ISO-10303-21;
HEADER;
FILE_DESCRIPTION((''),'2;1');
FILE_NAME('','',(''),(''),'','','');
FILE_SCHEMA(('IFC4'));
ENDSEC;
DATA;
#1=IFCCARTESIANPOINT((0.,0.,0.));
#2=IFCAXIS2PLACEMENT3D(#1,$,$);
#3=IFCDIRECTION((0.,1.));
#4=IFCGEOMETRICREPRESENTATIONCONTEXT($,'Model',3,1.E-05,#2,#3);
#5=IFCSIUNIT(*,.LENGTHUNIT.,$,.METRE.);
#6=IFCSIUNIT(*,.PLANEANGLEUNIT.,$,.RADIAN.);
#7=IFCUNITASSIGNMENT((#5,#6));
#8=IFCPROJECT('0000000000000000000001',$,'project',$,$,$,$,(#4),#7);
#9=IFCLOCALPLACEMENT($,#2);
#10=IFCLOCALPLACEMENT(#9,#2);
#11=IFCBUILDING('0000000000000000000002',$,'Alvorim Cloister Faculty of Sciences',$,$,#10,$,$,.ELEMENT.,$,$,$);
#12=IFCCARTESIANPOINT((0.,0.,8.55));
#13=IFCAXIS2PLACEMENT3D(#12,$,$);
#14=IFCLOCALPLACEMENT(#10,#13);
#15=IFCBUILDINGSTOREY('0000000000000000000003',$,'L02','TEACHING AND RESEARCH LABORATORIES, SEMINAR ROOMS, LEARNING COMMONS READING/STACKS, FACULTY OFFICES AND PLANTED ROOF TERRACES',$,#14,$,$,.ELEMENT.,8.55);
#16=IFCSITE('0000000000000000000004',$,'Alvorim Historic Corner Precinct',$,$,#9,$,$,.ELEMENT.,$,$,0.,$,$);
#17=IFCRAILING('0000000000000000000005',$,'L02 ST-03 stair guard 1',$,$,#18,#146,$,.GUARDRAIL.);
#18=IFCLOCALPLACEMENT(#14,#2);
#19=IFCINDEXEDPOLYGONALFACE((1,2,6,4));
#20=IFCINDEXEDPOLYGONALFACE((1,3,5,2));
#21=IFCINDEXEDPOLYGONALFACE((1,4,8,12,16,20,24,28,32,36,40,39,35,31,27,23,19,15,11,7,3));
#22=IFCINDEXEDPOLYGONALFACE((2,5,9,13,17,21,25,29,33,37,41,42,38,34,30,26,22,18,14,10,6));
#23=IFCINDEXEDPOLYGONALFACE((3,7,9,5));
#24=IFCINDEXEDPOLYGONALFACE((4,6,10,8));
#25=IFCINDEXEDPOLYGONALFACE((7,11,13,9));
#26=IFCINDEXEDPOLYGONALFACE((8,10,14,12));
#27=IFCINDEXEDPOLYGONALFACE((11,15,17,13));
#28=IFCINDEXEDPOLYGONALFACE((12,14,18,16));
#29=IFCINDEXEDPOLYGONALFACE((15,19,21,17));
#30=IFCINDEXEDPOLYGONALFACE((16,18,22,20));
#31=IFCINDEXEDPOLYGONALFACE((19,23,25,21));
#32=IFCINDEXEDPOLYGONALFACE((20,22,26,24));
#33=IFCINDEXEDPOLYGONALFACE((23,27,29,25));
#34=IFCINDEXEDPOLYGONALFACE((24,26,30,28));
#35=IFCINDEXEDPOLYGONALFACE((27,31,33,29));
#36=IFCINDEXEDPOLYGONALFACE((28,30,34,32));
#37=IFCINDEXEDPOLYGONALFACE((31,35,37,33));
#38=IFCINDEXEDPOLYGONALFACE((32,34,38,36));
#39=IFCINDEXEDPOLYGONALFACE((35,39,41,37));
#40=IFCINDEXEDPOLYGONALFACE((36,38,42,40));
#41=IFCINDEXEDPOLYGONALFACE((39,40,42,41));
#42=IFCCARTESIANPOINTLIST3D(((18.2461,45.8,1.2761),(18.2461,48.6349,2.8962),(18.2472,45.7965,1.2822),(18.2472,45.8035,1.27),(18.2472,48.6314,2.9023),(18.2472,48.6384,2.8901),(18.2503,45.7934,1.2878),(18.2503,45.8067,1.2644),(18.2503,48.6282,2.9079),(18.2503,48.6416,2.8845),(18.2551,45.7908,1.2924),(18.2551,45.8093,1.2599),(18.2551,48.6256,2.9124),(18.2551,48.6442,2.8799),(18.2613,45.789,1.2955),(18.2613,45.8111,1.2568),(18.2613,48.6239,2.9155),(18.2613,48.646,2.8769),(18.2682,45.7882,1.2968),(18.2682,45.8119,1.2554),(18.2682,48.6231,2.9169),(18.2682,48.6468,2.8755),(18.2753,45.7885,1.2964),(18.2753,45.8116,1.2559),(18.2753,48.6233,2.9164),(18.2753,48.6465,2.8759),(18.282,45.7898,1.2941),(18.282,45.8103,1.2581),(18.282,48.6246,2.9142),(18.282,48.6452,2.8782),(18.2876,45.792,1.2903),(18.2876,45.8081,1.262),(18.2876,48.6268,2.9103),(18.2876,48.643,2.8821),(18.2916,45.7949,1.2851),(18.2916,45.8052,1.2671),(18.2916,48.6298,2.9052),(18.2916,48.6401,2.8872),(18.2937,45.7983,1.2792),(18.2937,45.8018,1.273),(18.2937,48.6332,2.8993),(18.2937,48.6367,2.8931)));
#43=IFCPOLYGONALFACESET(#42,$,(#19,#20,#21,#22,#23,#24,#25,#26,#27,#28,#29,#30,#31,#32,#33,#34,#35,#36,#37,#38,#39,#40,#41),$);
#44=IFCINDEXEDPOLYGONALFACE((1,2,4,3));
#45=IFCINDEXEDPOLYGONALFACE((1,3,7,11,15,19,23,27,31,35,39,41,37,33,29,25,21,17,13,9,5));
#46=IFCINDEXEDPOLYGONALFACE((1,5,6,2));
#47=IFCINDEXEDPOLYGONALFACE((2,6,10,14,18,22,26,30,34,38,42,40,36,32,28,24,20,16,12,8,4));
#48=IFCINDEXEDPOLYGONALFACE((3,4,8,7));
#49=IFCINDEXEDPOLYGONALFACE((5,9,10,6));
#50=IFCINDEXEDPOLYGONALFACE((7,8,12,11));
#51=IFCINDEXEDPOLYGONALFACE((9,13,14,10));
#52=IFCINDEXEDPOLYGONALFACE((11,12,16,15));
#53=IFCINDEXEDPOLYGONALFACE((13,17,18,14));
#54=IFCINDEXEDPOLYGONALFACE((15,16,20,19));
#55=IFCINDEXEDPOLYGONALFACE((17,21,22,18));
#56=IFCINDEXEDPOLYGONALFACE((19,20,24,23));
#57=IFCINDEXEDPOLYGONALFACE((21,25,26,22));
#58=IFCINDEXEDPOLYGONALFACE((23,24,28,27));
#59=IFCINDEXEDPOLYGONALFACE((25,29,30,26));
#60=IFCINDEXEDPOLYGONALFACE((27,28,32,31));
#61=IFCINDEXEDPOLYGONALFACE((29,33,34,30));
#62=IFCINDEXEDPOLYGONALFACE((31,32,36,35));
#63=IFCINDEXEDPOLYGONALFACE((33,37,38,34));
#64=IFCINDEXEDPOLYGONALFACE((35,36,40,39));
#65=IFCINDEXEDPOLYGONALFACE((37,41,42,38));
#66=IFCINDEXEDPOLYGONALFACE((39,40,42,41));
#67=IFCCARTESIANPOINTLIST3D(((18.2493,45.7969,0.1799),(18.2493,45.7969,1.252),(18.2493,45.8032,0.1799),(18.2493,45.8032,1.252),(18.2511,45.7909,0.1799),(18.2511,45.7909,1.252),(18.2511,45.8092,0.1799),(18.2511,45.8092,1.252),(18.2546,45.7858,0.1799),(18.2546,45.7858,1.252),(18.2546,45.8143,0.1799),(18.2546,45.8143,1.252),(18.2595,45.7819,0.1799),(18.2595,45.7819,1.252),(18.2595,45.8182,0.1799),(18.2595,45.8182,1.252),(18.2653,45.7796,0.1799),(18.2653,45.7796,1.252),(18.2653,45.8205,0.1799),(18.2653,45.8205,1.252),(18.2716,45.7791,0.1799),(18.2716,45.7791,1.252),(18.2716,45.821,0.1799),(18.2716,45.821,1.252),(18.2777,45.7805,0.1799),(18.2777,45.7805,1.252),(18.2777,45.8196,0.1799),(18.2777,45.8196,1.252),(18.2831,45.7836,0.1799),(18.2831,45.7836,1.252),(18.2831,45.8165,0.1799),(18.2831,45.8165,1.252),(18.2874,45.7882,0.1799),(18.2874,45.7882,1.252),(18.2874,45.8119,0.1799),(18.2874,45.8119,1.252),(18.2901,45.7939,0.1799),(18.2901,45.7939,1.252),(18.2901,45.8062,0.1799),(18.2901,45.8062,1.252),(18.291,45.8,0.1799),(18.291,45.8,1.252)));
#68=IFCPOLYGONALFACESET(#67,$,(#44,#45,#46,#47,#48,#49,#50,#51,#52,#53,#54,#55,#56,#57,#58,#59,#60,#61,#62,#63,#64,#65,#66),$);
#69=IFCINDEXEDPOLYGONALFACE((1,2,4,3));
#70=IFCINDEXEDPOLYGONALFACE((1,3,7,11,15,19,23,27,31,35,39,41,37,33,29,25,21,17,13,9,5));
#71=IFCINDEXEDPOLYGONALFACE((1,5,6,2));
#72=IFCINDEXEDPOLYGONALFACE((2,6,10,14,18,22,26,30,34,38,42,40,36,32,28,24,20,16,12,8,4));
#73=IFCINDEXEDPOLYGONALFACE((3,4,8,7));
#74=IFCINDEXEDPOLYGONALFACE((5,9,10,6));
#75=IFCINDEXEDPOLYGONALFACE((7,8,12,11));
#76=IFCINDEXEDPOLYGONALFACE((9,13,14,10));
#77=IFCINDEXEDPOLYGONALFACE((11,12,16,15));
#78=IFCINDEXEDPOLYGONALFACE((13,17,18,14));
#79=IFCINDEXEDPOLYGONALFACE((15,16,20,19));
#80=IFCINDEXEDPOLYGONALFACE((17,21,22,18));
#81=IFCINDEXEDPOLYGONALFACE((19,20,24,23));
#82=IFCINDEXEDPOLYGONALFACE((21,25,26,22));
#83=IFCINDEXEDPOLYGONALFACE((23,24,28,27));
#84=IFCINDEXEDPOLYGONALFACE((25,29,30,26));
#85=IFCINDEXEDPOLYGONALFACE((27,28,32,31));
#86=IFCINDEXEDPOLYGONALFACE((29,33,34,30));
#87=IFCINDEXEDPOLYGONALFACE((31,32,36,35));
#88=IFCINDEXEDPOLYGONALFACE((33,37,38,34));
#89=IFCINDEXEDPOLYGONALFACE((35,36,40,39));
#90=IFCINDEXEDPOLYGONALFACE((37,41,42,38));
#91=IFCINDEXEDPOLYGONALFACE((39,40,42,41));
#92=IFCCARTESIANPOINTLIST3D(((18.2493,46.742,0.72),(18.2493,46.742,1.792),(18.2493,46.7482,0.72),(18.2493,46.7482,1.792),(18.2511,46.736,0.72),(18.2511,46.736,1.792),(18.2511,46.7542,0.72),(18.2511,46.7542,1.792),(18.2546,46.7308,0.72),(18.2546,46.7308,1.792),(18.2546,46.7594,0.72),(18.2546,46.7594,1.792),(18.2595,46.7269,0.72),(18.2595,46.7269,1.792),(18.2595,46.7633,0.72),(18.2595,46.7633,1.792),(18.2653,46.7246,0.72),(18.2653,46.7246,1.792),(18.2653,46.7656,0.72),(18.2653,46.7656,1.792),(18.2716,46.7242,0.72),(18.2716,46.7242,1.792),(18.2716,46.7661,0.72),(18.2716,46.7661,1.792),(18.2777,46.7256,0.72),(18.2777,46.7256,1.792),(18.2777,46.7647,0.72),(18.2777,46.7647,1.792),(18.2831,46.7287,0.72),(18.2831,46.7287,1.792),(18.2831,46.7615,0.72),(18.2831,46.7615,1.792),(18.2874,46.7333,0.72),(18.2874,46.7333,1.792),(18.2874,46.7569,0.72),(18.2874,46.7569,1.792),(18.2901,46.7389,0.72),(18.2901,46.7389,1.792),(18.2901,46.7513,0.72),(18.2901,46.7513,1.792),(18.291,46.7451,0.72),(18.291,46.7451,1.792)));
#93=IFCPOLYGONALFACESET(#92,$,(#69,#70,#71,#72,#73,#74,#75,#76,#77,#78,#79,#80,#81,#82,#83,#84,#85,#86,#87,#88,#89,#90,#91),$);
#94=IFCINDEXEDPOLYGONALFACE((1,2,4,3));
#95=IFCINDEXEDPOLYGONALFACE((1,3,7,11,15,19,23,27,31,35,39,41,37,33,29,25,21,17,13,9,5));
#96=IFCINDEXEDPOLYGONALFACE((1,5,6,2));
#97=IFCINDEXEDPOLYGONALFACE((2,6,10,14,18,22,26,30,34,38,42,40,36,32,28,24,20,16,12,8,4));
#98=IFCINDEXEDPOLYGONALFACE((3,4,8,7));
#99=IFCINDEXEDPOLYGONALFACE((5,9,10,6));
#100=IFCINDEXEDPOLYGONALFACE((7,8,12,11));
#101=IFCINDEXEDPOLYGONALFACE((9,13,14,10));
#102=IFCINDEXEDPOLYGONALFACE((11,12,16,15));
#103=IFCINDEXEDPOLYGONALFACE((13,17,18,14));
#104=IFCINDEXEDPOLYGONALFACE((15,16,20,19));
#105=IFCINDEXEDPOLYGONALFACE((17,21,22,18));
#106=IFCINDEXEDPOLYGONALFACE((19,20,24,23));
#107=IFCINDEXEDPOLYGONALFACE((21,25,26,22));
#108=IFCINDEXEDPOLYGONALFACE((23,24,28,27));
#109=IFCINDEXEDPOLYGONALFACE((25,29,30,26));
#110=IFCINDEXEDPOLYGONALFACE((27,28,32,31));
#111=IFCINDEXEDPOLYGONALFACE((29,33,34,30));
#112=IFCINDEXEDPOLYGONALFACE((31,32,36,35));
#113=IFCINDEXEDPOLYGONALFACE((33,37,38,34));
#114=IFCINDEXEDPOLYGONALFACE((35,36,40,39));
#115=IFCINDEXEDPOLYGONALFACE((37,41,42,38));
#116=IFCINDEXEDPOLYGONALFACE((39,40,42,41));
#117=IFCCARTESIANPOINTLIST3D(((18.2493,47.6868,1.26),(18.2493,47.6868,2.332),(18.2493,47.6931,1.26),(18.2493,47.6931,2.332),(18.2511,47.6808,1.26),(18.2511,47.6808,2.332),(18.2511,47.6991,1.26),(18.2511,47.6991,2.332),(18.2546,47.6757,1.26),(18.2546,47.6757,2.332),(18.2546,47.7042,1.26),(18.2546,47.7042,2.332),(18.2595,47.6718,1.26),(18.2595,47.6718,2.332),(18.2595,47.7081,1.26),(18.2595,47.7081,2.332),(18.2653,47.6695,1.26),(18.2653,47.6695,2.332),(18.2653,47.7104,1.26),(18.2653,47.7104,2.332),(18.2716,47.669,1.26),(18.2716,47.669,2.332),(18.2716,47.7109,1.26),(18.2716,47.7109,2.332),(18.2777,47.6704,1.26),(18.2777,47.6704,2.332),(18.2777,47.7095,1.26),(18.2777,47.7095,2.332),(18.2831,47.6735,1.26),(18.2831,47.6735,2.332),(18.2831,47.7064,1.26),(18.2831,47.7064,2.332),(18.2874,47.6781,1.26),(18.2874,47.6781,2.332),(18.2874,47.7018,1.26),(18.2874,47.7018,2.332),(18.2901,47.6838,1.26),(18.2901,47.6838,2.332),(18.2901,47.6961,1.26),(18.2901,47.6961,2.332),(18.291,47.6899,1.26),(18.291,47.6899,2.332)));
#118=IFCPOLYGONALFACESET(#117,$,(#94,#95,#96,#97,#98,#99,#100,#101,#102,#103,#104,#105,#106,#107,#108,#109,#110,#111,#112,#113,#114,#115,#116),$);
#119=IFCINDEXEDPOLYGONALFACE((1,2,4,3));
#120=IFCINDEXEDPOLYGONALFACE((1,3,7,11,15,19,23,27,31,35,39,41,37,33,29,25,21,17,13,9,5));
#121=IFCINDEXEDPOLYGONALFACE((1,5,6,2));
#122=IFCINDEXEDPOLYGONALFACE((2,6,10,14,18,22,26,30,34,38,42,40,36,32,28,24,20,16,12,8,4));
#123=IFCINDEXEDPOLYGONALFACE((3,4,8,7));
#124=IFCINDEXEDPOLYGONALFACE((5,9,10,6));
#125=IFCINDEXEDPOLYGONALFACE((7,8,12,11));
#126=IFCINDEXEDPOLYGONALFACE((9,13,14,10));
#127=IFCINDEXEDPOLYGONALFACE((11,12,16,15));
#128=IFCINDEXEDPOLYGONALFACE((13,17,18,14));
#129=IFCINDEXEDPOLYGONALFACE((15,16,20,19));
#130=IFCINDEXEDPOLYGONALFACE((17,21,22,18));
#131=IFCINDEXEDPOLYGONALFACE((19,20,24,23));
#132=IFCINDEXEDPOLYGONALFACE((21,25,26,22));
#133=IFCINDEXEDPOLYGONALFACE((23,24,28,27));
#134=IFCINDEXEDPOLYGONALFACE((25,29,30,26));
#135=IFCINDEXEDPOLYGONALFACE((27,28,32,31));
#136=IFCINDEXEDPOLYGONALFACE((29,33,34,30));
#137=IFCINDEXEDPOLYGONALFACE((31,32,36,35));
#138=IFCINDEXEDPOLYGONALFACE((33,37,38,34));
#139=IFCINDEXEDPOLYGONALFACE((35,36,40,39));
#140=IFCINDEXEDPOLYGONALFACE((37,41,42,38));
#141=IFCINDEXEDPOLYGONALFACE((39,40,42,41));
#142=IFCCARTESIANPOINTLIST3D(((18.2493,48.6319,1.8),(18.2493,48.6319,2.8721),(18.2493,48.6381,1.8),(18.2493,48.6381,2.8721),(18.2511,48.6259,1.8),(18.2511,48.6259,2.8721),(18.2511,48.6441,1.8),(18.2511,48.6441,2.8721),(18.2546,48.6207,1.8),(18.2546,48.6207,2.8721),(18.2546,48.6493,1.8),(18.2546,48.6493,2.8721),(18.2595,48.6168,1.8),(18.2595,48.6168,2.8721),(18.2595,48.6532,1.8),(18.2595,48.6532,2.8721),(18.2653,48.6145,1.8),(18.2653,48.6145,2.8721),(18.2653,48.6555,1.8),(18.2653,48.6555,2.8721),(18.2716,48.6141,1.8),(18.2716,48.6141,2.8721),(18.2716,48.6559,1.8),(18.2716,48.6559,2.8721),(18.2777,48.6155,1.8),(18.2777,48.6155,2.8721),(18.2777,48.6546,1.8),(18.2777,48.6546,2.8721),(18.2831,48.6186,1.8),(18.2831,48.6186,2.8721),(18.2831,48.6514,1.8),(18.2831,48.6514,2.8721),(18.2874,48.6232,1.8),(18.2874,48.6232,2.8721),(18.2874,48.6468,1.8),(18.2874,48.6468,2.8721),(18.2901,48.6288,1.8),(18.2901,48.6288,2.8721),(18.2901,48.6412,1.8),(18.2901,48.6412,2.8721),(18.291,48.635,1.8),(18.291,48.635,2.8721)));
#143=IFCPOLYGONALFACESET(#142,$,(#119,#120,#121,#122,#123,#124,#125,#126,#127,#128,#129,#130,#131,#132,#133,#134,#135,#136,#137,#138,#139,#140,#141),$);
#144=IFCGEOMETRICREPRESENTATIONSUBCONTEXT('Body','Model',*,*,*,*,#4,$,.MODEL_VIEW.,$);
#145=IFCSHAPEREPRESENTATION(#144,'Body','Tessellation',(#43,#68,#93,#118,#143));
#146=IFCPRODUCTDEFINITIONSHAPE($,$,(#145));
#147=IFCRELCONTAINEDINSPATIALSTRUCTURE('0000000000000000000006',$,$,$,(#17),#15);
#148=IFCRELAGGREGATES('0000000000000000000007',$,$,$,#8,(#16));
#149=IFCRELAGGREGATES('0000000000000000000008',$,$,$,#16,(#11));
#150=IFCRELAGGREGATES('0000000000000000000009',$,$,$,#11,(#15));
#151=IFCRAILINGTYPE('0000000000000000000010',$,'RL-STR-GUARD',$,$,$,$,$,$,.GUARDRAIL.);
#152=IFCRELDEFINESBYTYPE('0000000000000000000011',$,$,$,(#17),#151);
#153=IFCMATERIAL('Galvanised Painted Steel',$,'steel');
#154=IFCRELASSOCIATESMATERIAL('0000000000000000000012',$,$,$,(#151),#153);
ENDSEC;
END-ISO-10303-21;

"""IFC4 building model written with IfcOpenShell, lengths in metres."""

from ifc_helpers import new_model, si_unit, direction, frame, origin, origin_2d, place, context, subcontext, project, spatial, circle, extrude, material, type_object, element, save


model = new_model("IFC4")

# Units and contexts
model_context = context("Model", 3, precision=1e-05, world=origin(), true_north=direction((0.0, 1.0)))
body_context = subcontext(model_context, "Body", "Model", "MODEL_VIEW")
ifc_project = project(units=[si_unit("LENGTHUNIT", "METRE"), si_unit("PLANEANGLEUNIT", "RADIAN")], contexts=[model_context])

# Site, building, storey
site_placement = place(None, origin())
site = spatial("IfcSite", under=ifc_project, at=site_placement, Name="Alvorim Historic Corner Precinct", CompositionType="ELEMENT", RefElevation=0.0)
building_placement = place(site_placement, origin())
building = spatial("IfcBuilding", under=site, at=building_placement, Name="Alvorim Cloister Faculty of Sciences", CompositionType="ELEMENT")
storey_placement = place(building_placement, frame((0.0, 0.0, 8.55)))
storey = spatial("IfcBuildingStorey", under=building, at=storey_placement, Name="L02", Description="TEACHING AND RESEARCH LABORATORIES, SEMINAR ROOMS, LEARNING COMMONS READING/STACKS, FACULTY OFFICES AND PLANTED ROOF TERRACES", CompositionType="ELEMENT", Elevation=8.55)

# Railing
ifc_material_1 = material(Name="Galvanised Painted Steel", Category="steel")
railing_type_1 = type_object("IfcRailingType", Name="RL-STR-GUARD", PredefinedType="GUARDRAIL", material=ifc_material_1)
railing_1_placement = place(storey_placement, frame((18.27, 45.8, 0.1799)))
element("IfcRailing", 1, at=railing_1_placement, inside=storey, type_object=railing_type_1, Name="L02 ST-03 stair guard 1", PredefinedType="GUARDRAIL", context=body_context, shape_type="SweptSolid", body=[
    extrude(circle(Radius=0.0239, at=origin_2d()), frame((0.0, 0.0, 1.0962), z_axis=(0.0, 0.868225, 0.496171), x_axis=(-1.0, 0.0, 0.0)), (0.0, 0.0, 1.0), 3.2651),
    extrude(circle(Radius=0.021, at=origin_2d()), origin(), (0.0, 0.0, 1.0), 1.072),
    extrude(circle(Radius=0.021, at=origin_2d()), frame((0.0, 0.9451, 0.54)), (0.0, 0.0, 1.0), 1.072),
    extrude(circle(Radius=0.021, at=origin_2d()), frame((0.0, 1.8899, 1.0801)), (0.0, 0.0, 1.0), 1.072),
    extrude(circle(Radius=0.021, at=origin_2d()), frame((0.0, 2.835, 1.6201)), (0.0, 0.0, 1.0), 1.072),
])

save(model, "model.ifc")
